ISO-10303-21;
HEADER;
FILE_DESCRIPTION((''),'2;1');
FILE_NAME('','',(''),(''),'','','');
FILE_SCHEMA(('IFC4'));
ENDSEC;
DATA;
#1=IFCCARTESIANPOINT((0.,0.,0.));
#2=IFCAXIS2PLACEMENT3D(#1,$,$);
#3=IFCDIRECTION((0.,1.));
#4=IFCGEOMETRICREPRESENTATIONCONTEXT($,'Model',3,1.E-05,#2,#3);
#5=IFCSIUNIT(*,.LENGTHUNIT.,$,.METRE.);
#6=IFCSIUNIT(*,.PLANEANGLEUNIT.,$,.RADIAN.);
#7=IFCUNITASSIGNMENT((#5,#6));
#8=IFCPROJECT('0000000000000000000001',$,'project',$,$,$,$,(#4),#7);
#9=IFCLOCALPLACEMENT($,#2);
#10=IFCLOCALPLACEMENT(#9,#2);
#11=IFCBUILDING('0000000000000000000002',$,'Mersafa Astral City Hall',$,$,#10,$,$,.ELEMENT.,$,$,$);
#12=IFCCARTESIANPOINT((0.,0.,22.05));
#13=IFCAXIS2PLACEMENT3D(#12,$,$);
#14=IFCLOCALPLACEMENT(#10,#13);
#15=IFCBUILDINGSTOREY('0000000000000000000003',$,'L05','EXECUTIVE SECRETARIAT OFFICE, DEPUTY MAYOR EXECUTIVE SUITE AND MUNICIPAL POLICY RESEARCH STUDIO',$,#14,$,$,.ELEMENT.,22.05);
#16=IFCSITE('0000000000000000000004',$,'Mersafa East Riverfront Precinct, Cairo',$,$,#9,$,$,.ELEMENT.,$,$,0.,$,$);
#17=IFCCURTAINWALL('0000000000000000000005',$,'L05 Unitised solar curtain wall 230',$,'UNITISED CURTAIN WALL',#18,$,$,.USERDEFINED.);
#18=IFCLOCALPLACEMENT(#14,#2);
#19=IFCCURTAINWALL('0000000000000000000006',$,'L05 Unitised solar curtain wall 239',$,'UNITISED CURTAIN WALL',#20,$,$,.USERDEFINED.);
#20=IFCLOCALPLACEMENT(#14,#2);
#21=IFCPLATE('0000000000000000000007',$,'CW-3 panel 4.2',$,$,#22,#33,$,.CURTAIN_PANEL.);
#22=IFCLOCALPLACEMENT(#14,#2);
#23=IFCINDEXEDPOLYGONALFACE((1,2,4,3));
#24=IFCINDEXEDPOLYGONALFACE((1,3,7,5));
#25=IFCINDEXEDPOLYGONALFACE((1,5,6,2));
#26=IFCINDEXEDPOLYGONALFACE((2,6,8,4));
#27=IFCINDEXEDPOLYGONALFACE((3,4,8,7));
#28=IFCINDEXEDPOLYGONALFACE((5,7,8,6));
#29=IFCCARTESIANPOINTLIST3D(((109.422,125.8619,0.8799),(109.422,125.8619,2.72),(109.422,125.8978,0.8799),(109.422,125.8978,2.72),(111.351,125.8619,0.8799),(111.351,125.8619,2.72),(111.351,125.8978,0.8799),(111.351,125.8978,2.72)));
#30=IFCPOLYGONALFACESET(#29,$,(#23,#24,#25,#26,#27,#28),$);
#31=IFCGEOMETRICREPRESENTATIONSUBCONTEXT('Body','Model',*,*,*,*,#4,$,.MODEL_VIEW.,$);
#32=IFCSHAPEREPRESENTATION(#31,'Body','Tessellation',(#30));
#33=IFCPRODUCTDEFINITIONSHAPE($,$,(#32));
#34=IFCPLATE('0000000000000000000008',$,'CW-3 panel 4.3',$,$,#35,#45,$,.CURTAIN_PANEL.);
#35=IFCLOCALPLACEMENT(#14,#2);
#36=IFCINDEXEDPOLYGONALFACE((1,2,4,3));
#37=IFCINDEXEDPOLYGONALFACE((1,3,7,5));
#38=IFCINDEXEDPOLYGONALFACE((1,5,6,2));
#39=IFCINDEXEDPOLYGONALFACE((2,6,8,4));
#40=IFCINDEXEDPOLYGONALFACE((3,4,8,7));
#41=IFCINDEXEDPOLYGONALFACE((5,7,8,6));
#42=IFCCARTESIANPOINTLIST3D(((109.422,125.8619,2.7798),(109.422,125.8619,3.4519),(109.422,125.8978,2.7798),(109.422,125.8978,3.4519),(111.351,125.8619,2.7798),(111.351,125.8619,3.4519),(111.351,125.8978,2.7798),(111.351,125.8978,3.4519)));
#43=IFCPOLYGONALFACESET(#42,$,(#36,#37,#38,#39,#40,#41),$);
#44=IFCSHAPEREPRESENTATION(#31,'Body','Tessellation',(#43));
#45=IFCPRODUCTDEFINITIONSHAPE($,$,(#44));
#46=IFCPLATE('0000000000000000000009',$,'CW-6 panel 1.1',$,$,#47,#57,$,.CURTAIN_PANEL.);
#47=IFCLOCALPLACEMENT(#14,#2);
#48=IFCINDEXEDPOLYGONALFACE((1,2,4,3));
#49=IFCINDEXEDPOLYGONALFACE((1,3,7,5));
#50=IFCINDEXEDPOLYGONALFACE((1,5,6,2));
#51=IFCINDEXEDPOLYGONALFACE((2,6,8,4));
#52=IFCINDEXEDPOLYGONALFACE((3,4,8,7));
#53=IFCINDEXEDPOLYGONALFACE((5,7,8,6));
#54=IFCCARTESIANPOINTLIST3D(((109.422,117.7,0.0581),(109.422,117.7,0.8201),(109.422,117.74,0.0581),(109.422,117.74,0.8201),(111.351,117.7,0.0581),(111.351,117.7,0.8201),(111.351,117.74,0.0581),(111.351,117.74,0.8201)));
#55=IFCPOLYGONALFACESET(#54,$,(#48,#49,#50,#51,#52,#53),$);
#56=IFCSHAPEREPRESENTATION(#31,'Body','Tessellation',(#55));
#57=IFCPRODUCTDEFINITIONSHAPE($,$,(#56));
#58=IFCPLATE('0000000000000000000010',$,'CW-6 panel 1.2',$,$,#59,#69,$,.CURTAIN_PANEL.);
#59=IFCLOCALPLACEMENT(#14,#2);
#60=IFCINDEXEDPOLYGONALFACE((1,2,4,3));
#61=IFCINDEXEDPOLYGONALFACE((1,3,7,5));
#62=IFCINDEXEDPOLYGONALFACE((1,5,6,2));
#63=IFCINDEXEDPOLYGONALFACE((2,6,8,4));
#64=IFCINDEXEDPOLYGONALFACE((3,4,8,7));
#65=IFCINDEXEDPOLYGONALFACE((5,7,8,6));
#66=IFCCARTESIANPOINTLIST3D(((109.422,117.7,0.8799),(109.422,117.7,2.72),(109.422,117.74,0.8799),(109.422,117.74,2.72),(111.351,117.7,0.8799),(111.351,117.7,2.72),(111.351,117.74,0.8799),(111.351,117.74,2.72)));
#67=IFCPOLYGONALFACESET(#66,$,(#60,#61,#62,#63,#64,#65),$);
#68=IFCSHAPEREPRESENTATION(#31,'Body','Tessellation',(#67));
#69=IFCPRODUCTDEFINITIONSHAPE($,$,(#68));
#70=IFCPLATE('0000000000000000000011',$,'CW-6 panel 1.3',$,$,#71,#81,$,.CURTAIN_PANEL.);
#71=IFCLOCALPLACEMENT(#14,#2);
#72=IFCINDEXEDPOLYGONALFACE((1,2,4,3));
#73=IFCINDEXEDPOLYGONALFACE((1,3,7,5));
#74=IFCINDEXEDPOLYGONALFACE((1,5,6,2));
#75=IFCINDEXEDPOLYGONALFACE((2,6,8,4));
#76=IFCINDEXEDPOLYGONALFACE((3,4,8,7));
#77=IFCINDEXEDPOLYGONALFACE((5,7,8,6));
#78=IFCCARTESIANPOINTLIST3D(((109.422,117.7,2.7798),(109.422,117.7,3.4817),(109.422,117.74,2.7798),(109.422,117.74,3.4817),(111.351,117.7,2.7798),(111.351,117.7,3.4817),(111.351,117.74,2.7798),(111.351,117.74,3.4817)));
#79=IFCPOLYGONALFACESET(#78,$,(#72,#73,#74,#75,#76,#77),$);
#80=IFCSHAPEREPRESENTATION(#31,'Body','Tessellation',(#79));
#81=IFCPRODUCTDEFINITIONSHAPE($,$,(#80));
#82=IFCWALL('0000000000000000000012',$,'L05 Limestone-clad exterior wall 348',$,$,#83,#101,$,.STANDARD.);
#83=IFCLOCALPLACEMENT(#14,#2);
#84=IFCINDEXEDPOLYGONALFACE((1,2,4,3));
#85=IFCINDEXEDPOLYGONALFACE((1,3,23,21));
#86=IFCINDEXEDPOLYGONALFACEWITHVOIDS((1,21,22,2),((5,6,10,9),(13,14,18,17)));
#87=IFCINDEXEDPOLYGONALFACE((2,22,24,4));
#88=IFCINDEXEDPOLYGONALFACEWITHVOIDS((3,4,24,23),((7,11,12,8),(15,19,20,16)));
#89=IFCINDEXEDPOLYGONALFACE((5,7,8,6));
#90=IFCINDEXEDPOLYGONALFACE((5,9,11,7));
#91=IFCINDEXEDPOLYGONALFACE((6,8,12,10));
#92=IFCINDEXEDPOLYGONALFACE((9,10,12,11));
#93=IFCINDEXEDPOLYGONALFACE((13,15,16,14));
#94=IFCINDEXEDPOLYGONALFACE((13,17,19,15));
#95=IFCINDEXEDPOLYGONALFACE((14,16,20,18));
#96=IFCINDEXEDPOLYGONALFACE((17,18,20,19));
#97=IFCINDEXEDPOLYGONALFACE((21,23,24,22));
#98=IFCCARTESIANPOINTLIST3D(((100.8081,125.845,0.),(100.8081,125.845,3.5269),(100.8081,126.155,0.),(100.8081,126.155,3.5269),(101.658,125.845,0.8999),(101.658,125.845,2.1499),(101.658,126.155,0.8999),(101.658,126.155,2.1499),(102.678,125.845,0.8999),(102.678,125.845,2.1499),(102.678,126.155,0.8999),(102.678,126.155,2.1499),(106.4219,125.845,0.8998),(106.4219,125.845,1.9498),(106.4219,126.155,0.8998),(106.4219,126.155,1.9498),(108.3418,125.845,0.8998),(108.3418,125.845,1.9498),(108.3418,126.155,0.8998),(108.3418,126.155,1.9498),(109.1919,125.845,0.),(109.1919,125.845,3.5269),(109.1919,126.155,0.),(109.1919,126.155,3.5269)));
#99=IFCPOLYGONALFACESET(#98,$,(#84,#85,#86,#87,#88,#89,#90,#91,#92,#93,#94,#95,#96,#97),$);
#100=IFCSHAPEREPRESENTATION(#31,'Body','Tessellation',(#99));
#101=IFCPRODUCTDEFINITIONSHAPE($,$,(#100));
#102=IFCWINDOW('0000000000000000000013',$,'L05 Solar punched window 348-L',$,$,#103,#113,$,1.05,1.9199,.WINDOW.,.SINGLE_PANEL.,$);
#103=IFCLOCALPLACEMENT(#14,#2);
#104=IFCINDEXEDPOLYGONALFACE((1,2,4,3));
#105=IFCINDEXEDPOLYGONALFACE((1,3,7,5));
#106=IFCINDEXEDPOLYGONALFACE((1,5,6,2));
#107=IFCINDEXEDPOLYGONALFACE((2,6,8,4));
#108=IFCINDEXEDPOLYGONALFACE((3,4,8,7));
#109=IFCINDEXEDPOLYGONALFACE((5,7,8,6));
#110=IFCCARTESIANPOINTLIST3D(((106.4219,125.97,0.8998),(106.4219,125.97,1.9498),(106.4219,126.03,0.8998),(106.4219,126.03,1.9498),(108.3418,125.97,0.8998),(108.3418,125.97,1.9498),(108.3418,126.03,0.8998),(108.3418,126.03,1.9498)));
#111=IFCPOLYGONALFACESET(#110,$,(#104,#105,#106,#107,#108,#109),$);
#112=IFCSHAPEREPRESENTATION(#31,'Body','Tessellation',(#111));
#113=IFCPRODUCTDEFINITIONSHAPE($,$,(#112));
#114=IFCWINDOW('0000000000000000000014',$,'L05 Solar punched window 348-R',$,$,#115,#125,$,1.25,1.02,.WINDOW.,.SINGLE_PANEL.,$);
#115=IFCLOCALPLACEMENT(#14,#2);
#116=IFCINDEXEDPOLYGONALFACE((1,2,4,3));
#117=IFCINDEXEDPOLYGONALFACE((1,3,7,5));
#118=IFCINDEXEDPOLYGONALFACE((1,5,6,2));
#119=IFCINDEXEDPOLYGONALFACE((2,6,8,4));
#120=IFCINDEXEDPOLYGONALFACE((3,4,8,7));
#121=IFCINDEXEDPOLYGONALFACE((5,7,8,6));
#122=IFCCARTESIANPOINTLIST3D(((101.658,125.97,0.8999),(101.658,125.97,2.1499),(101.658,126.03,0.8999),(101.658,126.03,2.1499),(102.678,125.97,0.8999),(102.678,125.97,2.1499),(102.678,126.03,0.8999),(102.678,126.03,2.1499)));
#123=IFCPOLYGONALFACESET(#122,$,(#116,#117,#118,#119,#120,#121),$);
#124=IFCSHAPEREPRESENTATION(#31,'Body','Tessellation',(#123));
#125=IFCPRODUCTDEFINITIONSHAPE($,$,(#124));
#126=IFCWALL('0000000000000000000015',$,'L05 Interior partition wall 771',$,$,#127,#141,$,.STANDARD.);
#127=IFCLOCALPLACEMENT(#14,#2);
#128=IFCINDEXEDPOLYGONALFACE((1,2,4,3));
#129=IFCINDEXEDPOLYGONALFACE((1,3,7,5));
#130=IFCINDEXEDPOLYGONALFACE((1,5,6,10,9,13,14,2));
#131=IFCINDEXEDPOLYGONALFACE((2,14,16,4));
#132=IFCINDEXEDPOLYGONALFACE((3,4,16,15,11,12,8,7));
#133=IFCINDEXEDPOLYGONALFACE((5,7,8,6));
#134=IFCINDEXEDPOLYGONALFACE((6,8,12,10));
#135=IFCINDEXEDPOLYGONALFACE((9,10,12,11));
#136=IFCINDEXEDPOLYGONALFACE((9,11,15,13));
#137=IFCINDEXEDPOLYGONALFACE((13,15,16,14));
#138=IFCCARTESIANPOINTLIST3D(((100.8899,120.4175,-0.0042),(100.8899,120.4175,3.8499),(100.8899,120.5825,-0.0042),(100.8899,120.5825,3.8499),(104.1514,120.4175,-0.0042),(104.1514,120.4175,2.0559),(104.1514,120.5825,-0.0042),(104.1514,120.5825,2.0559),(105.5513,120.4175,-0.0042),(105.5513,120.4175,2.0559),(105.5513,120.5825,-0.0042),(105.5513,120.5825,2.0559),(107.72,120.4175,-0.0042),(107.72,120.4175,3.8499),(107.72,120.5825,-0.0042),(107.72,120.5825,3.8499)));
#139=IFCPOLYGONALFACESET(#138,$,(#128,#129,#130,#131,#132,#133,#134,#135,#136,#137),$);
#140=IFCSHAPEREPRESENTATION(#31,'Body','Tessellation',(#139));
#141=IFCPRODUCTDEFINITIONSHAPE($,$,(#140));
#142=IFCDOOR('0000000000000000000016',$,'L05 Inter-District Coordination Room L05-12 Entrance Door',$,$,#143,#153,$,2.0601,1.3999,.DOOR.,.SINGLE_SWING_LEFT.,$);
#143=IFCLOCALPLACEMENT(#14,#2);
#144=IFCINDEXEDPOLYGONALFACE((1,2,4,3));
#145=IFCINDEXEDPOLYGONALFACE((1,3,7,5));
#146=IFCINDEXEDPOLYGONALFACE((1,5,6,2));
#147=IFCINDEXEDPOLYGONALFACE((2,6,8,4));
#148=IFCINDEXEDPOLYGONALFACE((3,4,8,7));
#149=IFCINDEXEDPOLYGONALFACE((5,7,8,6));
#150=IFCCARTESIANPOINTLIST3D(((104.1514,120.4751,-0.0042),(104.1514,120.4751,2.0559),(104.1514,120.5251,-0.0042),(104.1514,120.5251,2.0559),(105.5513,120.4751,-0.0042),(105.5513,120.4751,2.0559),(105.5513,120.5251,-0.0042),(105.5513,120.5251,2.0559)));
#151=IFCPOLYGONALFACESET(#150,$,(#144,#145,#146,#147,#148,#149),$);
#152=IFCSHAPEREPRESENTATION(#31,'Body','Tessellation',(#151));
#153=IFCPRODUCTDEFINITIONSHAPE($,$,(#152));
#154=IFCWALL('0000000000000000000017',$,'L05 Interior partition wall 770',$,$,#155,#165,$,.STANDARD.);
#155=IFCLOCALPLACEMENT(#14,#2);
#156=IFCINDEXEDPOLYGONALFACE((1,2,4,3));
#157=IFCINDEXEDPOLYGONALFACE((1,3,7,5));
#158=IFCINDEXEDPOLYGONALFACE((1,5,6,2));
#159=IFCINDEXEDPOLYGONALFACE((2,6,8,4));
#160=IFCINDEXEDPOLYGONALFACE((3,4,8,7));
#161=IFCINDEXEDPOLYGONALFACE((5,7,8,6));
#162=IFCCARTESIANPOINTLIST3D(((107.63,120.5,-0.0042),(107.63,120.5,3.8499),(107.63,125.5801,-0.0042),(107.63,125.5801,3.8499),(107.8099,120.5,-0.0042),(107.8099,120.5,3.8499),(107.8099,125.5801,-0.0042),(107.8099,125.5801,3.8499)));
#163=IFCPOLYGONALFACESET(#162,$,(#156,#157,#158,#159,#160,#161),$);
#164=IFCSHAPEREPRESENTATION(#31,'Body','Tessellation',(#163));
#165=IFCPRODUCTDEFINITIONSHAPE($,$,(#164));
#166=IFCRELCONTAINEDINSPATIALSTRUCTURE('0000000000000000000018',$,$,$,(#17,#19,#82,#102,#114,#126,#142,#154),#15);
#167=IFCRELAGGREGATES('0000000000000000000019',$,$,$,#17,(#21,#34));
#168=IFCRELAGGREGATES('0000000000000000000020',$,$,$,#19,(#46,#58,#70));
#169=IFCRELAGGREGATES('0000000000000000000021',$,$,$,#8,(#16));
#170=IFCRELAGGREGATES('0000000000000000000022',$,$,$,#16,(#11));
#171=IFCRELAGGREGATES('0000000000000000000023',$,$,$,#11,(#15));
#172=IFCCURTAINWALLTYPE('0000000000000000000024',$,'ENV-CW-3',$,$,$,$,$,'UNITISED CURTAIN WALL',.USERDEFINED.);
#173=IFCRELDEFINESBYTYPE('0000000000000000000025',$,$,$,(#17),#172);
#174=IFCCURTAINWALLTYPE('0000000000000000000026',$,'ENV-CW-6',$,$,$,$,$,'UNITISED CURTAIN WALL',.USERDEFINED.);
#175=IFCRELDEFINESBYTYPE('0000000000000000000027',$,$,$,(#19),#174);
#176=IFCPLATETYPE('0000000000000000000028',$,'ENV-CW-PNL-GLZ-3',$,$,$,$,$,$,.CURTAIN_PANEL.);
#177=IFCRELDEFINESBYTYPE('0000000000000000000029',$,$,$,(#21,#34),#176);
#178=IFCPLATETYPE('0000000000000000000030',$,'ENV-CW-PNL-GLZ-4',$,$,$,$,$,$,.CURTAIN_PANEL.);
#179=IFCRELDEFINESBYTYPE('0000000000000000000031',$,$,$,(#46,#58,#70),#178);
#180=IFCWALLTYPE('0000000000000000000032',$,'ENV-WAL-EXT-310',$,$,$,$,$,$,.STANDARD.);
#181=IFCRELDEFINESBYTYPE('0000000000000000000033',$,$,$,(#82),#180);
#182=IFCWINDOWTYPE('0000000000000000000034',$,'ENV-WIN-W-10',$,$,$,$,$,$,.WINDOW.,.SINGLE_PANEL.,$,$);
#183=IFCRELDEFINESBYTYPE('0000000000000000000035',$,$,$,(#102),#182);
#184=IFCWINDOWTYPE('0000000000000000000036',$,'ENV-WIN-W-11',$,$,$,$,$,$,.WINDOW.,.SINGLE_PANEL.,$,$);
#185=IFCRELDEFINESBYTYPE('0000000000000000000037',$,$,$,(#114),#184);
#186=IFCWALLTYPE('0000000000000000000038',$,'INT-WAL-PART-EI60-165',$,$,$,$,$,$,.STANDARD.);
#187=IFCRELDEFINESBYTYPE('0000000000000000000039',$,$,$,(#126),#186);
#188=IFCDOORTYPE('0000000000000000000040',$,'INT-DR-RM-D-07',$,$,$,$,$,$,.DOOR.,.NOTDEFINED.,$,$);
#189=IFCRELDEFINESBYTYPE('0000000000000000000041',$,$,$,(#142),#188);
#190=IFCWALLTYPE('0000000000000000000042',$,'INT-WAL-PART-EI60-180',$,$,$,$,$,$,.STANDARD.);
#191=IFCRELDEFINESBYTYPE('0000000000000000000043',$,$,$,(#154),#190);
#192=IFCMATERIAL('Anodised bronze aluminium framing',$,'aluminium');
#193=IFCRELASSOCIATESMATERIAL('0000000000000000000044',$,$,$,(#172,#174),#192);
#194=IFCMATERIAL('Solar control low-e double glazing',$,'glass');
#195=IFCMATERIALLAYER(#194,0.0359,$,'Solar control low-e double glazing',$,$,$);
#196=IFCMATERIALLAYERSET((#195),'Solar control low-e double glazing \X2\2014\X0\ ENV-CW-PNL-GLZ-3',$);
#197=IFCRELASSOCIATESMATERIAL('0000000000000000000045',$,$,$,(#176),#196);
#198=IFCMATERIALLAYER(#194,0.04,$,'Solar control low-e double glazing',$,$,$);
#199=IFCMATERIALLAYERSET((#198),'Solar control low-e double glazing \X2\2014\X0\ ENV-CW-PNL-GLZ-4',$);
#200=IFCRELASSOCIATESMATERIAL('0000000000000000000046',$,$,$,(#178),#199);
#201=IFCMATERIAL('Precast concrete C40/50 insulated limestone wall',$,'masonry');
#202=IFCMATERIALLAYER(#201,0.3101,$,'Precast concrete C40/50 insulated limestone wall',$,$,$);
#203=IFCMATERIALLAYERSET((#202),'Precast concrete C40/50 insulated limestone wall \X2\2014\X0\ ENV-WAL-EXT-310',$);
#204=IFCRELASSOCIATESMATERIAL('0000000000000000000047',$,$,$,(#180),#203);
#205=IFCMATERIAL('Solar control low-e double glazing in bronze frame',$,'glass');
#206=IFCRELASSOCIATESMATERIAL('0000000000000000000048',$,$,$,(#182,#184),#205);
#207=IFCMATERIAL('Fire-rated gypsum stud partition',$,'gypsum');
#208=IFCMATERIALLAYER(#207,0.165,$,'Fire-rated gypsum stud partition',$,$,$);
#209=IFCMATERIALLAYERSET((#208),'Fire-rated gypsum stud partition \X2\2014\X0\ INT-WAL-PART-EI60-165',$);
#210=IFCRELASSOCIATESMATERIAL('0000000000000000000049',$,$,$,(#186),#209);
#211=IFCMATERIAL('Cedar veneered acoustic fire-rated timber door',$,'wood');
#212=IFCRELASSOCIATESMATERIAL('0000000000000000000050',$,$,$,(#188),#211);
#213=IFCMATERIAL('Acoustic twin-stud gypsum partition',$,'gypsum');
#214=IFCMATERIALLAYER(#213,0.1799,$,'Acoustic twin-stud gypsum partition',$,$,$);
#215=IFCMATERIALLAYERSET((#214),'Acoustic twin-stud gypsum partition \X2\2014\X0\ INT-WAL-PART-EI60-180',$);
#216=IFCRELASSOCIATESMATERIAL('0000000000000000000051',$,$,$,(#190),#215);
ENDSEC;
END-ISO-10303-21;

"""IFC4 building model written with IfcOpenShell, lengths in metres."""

from ifc_helpers import new_model, si_unit, direction, frame, frame_2d, origin, origin_2d, place, context, subcontext, project, spatial, rectangle, extrude, material, layer, layer_set, type_object, element, fill, aggregate, save


model = new_model("IFC4")

# Units and contexts
model_context = context("Model", 3, precision=1e-05, world=origin(), true_north=direction((0.0, 1.0)))
body_context = subcontext(model_context, "Body", "Model", "MODEL_VIEW")
ifc_project = project(units=[si_unit("LENGTHUNIT", "METRE"), si_unit("PLANEANGLEUNIT", "RADIAN")], contexts=[model_context])

# Site, building, storey
site_placement = place(None, origin())
site = spatial("IfcSite", under=ifc_project, at=site_placement, Name="Mersafa East Riverfront Precinct, Cairo", CompositionType="ELEMENT", RefElevation=0.0)
building_placement = place(site_placement, origin())
building = spatial("IfcBuilding", under=site, at=building_placement, Name="Mersafa Astral City Hall", CompositionType="ELEMENT")
storey_placement = place(building_placement, frame((0.0, 0.0, 22.05)))
storey = spatial("IfcBuildingStorey", under=building, at=storey_placement, Name="L05", Description="EXECUTIVE SECRETARIAT OFFICE, DEPUTY MAYOR EXECUTIVE SUITE AND MUNICIPAL POLICY RESEARCH STUDIO", CompositionType="ELEMENT", Elevation=22.05)

# Curtain walls
ifc_material_1 = material(Name="Anodised bronze aluminium framing", Category="aluminium")
curtain_wall_type_1 = type_object("IfcCurtainWallType", Name="ENV-CW-3", ElementType="UNITISED CURTAIN WALL", PredefinedType="USERDEFINED", material=ifc_material_1)
curtain_wall_1_placement = place(storey_placement, origin())
curtain_wall_1 = element("IfcCurtainWall", 1, at=curtain_wall_1_placement, inside=storey, type_object=curtain_wall_type_1, Name="L05 Unitised solar curtain wall 230", ObjectType="UNITISED CURTAIN WALL", PredefinedType="USERDEFINED")
curtain_wall_type_2 = type_object("IfcCurtainWallType", Name="ENV-CW-6", ElementType="UNITISED CURTAIN WALL", PredefinedType="USERDEFINED", material=ifc_material_1)
curtain_wall_2_placement = place(storey_placement, origin())
curtain_wall_2 = element("IfcCurtainWall", 2, at=curtain_wall_2_placement, inside=storey, type_object=curtain_wall_type_2, Name="L05 Unitised solar curtain wall 239", ObjectType="UNITISED CURTAIN WALL", PredefinedType="USERDEFINED")

# Plates
ifc_material_2 = material(Name="Solar control low-e double glazing", Category="glass")
ifc_layer_1 = layer(ifc_material_2, 0.0359, Name="Solar control low-e double glazing")
ifc_layer_set_1 = layer_set([ifc_layer_1], Name="Solar control low-e double glazing — ENV-CW-PNL-GLZ-3")
plate_type_1 = type_object("IfcPlateType", Name="ENV-CW-PNL-GLZ-3", PredefinedType="CURTAIN_PANEL", material=ifc_layer_set_1)
plate_1_placement = place(storey_placement, frame((110.3865, 125.8799, 0.8799), z_axis=(0.0, 0.0, 1.0), x_axis=(-1.0, 0.0, 0.0)))
plate_1 = element("IfcPlate", 3, at=plate_1_placement, type_object=plate_type_1, Name="CW-3 panel 4.2", PredefinedType="CURTAIN_PANEL", context=body_context, shape_type="SweptSolid", body=[
    extrude(rectangle(XDim=1.929, YDim=0.0359, at=origin_2d()), origin(), (0.0, 0.0, 1.0), 1.8401),
])
plate_2_placement = place(storey_placement, frame((110.3865, 125.8799, 2.7798), z_axis=(0.0, 0.0, 1.0), x_axis=(-1.0, 0.0, 0.0)))
plate_2 = element("IfcPlate", 4, at=plate_2_placement, type_object=plate_type_1, Name="CW-3 panel 4.3", PredefinedType="CURTAIN_PANEL", context=body_context, shape_type="SweptSolid", body=[
    extrude(rectangle(XDim=1.929, YDim=0.0359, at=origin_2d()), origin(), (0.0, 0.0, 1.0), 0.6721),
])
aggregate(curtain_wall_1, [plate_1, plate_2])
ifc_layer_2 = layer(ifc_material_2, 0.04, Name="Solar control low-e double glazing")
ifc_layer_set_2 = layer_set([ifc_layer_2], Name="Solar control low-e double glazing — ENV-CW-PNL-GLZ-4")
plate_type_2 = type_object("IfcPlateType", Name="ENV-CW-PNL-GLZ-4", PredefinedType="CURTAIN_PANEL", material=ifc_layer_set_2)
plate_3_placement = place(storey_placement, frame((110.3865, 117.72, 0.0581), z_axis=(0.0, 0.0, 1.0), x_axis=(1.0, 0.0, 0.0)))
plate_3 = element("IfcPlate", 5, at=plate_3_placement, type_object=plate_type_2, Name="CW-6 panel 1.1", PredefinedType="CURTAIN_PANEL", context=body_context, shape_type="SweptSolid", body=[
    extrude(rectangle(XDim=1.929, YDim=0.04, at=origin_2d()), origin(), (0.0, 0.0, 1.0), 0.762),
])
plate_4_placement = place(storey_placement, frame((110.3865, 117.72, 0.8799), z_axis=(0.0, 0.0, 1.0), x_axis=(1.0, 0.0, 0.0)))
plate_4 = element("IfcPlate", 6, at=plate_4_placement, type_object=plate_type_2, Name="CW-6 panel 1.2", PredefinedType="CURTAIN_PANEL", context=body_context, shape_type="SweptSolid", body=[
    extrude(rectangle(XDim=1.929, YDim=0.04, at=origin_2d()), origin(), (0.0, 0.0, 1.0), 1.8401),
])
plate_5_placement = place(storey_placement, frame((110.3865, 117.72, 2.7798), z_axis=(0.0, 0.0, 1.0), x_axis=(1.0, 0.0, 0.0)))
plate_5 = element("IfcPlate", 7, at=plate_5_placement, type_object=plate_type_2, Name="CW-6 panel 1.3", PredefinedType="CURTAIN_PANEL", context=body_context, shape_type="SweptSolid", body=[
    extrude(rectangle(XDim=1.929, YDim=0.04, at=origin_2d()), origin(), (0.0, 0.0, 1.0), 0.7019),
])
aggregate(curtain_wall_2, [plate_3, plate_4, plate_5])

# Wall, openings, windows
ifc_material_3 = material(Name="Precast concrete C40/50 insulated limestone wall", Category="masonry")
ifc_layer_3 = layer(ifc_material_3, 0.3101, Name="Precast concrete C40/50 insulated limestone wall")
ifc_layer_set_3 = layer_set([ifc_layer_3], Name="Precast concrete C40/50 insulated limestone wall — ENV-WAL-EXT-310")
wall_type_1 = type_object("IfcWallType", Name="ENV-WAL-EXT-310", PredefinedType="STANDARD", material=ifc_layer_set_3)
wall_1_placement = place(storey_placement, frame((109.1919, 126.0, 0.0), z_axis=(0.0, 0.0, 1.0), x_axis=(-1.0, 0.0, 0.0)))
wall_1 = element("IfcWall", 8, at=wall_1_placement, inside=storey, type_object=wall_type_1, Name="L05 Limestone-clad exterior wall 348", PredefinedType="STANDARD", context=body_context, shape_type="SweptSolid", body=[
    extrude(rectangle(XDim=8.3838, YDim=0.3101, at=frame_2d((4.1919, 0.0))), origin(), (0.0, 0.0, 1.0), 3.5269),
])
opening_1_placement = place(wall_1_placement, frame((0.8501, 0.0, 0.8999)))
opening_1 = element("IfcOpeningElement", 9, at=opening_1_placement, cuts=wall_1, PredefinedType="OPENING", context=body_context, shape_type="SweptSolid", body=[
    extrude(rectangle(XDim=1.9199, YDim=1.05, at=frame_2d((0.96, 0.5249))), frame((0.0, 0.165, 0.0), z_axis=(0.0, -1.0, 0.0), x_axis=(1.0, 0.0, 0.0)), (0.0, 0.0, 1.0), 0.3301),
])
opening_2_placement = place(wall_1_placement, frame((6.5139, 0.0, 0.8999)))
opening_2 = element("IfcOpeningElement", 10, at=opening_2_placement, cuts=wall_1, PredefinedType="OPENING", context=body_context, shape_type="SweptSolid", body=[
    extrude(rectangle(XDim=1.02, YDim=1.25, at=frame_2d((0.51, 0.625))), frame((0.0, 0.165, 0.0), z_axis=(0.0, -1.0, 0.0), x_axis=(1.0, 0.0, 0.0)), (0.0, 0.0, 1.0), 0.3301),
])
ifc_material_4 = material(Name="Solar control low-e double glazing in bronze frame", Category="glass")
window_type_1 = type_object("IfcWindowType", Name="ENV-WIN-W-10", PartitioningType="SINGLE_PANEL", PredefinedType="WINDOW", material=ifc_material_4)
window_1_placement = place(opening_1_placement, origin())
window_1 = element("IfcWindow", 11, at=window_1_placement, inside=storey, type_object=window_type_1, Name="L05 Solar punched window 348-L", OverallHeight=1.05, OverallWidth=1.9199, PartitioningType="SINGLE_PANEL", PredefinedType="WINDOW", context=body_context, shape_type="SweptSolid", body=[
    extrude(rectangle(XDim=1.9199, YDim=1.05, at=frame_2d((0.96, 0.5249))), frame((0.0, 0.03, 0.0), z_axis=(0.0, -1.0, 0.0), x_axis=(1.0, 0.0, 0.0)), (0.0, 0.0, 1.0), 0.0601),
])
fill(opening_1, window_1)
window_type_2 = type_object("IfcWindowType", Name="ENV-WIN-W-11", PartitioningType="SINGLE_PANEL", PredefinedType="WINDOW", material=ifc_material_4)
window_2_placement = place(opening_2_placement, origin())
window_2 = element("IfcWindow", 12, at=window_2_placement, inside=storey, type_object=window_type_2, Name="L05 Solar punched window 348-R", OverallHeight=1.25, OverallWidth=1.02, PartitioningType="SINGLE_PANEL", PredefinedType="WINDOW", context=body_context, shape_type="SweptSolid", body=[
    extrude(rectangle(XDim=1.02, YDim=1.25, at=frame_2d((0.51, 0.625))), frame((0.0, 0.03, 0.0), z_axis=(0.0, -1.0, 0.0), x_axis=(1.0, 0.0, 0.0)), (0.0, 0.0, 1.0), 0.0601),
])
fill(opening_2, window_2)

# Wall, opening, door
ifc_material_5 = material(Name="Fire-rated gypsum stud partition", Category="gypsum")
ifc_layer_4 = layer(ifc_material_5, 0.165, Name="Fire-rated gypsum stud partition")
ifc_layer_set_4 = layer_set([ifc_layer_4], Name="Fire-rated gypsum stud partition — INT-WAL-PART-EI60-165")
wall_type_2 = type_object("IfcWallType", Name="INT-WAL-PART-EI60-165", PredefinedType="STANDARD", material=ifc_layer_set_4)
wall_2_placement = place(storey_placement, frame((107.72, 120.5, -0.0042), z_axis=(0.0, 0.0, 1.0), x_axis=(-1.0, 0.0, 0.0)))
wall_2 = element("IfcWall", 13, at=wall_2_placement, inside=storey, type_object=wall_type_2, Name="L05 Interior partition wall 771", PredefinedType="STANDARD", context=body_context, shape_type="SweptSolid", body=[
    extrude(rectangle(XDim=6.8301, YDim=0.165, at=frame_2d((3.415, 0.0))), origin(), (0.0, 0.0, 1.0), 3.854),
])
opening_3_placement = place(wall_2_placement, frame((2.1687, 0.0, 0.0)))
opening_3 = element("IfcOpeningElement", 14, at=opening_3_placement, cuts=wall_2, PredefinedType="OPENING", context=body_context, shape_type="SweptSolid", body=[
    extrude(rectangle(XDim=1.3999, YDim=2.0601, at=frame_2d((0.7, 1.03))), frame((0.0, 0.0925, 0.0), z_axis=(0.0, -1.0, 0.0), x_axis=(1.0, 0.0, 0.0)), (0.0, 0.0, 1.0), 0.1851),
])
ifc_material_6 = material(Name="Cedar veneered acoustic fire-rated timber door", Category="wood")
door_type = type_object("IfcDoorType", Name="INT-DR-RM-D-07", OperationType="NOTDEFINED", PredefinedType="DOOR", material=ifc_material_6)
door_placement = place(opening_3_placement, origin())
door = element("IfcDoor", 15, at=door_placement, inside=storey, type_object=door_type, Name="L05 Inter-District Coordination Room L05-12 Entrance Door", OperationType="SINGLE_SWING_LEFT", OverallHeight=2.0601, OverallWidth=1.3999, PredefinedType="DOOR", context=body_context, shape_type="SweptSolid", body=[
    extrude(rectangle(XDim=1.3999, YDim=2.0601, at=frame_2d((0.7, 1.03))), frame((0.0, 0.0249, 0.0), z_axis=(0.0, -1.0, 0.0), x_axis=(1.0, 0.0, 0.0)), (0.0, 0.0, 1.0), 0.05),
])
fill(opening_3, door)

# Wall
ifc_material_7 = material(Name="Acoustic twin-stud gypsum partition", Category="gypsum")
ifc_layer_5 = layer(ifc_material_7, 0.1799, Name="Acoustic twin-stud gypsum partition")
ifc_layer_set_5 = layer_set([ifc_layer_5], Name="Acoustic twin-stud gypsum partition — INT-WAL-PART-EI60-180")
wall_type_3 = type_object("IfcWallType", Name="INT-WAL-PART-EI60-180", PredefinedType="STANDARD", material=ifc_layer_set_5)
wall_3_placement = place(storey_placement, frame((107.72, 125.5801, -0.0042), z_axis=(0.0, 0.0, 1.0), x_axis=(0.0, -1.0, 0.0)))
element("IfcWall", 16, at=wall_3_placement, inside=storey, type_object=wall_type_3, Name="L05 Interior partition wall 770", PredefinedType="STANDARD", context=body_context, shape_type="SweptSolid", body=[
    extrude(rectangle(XDim=5.0801, YDim=0.1799, at=frame_2d((2.54, 0.0))), origin(), (0.0, 0.0, 1.0), 3.854),
])

save(model, "model.ifc")
